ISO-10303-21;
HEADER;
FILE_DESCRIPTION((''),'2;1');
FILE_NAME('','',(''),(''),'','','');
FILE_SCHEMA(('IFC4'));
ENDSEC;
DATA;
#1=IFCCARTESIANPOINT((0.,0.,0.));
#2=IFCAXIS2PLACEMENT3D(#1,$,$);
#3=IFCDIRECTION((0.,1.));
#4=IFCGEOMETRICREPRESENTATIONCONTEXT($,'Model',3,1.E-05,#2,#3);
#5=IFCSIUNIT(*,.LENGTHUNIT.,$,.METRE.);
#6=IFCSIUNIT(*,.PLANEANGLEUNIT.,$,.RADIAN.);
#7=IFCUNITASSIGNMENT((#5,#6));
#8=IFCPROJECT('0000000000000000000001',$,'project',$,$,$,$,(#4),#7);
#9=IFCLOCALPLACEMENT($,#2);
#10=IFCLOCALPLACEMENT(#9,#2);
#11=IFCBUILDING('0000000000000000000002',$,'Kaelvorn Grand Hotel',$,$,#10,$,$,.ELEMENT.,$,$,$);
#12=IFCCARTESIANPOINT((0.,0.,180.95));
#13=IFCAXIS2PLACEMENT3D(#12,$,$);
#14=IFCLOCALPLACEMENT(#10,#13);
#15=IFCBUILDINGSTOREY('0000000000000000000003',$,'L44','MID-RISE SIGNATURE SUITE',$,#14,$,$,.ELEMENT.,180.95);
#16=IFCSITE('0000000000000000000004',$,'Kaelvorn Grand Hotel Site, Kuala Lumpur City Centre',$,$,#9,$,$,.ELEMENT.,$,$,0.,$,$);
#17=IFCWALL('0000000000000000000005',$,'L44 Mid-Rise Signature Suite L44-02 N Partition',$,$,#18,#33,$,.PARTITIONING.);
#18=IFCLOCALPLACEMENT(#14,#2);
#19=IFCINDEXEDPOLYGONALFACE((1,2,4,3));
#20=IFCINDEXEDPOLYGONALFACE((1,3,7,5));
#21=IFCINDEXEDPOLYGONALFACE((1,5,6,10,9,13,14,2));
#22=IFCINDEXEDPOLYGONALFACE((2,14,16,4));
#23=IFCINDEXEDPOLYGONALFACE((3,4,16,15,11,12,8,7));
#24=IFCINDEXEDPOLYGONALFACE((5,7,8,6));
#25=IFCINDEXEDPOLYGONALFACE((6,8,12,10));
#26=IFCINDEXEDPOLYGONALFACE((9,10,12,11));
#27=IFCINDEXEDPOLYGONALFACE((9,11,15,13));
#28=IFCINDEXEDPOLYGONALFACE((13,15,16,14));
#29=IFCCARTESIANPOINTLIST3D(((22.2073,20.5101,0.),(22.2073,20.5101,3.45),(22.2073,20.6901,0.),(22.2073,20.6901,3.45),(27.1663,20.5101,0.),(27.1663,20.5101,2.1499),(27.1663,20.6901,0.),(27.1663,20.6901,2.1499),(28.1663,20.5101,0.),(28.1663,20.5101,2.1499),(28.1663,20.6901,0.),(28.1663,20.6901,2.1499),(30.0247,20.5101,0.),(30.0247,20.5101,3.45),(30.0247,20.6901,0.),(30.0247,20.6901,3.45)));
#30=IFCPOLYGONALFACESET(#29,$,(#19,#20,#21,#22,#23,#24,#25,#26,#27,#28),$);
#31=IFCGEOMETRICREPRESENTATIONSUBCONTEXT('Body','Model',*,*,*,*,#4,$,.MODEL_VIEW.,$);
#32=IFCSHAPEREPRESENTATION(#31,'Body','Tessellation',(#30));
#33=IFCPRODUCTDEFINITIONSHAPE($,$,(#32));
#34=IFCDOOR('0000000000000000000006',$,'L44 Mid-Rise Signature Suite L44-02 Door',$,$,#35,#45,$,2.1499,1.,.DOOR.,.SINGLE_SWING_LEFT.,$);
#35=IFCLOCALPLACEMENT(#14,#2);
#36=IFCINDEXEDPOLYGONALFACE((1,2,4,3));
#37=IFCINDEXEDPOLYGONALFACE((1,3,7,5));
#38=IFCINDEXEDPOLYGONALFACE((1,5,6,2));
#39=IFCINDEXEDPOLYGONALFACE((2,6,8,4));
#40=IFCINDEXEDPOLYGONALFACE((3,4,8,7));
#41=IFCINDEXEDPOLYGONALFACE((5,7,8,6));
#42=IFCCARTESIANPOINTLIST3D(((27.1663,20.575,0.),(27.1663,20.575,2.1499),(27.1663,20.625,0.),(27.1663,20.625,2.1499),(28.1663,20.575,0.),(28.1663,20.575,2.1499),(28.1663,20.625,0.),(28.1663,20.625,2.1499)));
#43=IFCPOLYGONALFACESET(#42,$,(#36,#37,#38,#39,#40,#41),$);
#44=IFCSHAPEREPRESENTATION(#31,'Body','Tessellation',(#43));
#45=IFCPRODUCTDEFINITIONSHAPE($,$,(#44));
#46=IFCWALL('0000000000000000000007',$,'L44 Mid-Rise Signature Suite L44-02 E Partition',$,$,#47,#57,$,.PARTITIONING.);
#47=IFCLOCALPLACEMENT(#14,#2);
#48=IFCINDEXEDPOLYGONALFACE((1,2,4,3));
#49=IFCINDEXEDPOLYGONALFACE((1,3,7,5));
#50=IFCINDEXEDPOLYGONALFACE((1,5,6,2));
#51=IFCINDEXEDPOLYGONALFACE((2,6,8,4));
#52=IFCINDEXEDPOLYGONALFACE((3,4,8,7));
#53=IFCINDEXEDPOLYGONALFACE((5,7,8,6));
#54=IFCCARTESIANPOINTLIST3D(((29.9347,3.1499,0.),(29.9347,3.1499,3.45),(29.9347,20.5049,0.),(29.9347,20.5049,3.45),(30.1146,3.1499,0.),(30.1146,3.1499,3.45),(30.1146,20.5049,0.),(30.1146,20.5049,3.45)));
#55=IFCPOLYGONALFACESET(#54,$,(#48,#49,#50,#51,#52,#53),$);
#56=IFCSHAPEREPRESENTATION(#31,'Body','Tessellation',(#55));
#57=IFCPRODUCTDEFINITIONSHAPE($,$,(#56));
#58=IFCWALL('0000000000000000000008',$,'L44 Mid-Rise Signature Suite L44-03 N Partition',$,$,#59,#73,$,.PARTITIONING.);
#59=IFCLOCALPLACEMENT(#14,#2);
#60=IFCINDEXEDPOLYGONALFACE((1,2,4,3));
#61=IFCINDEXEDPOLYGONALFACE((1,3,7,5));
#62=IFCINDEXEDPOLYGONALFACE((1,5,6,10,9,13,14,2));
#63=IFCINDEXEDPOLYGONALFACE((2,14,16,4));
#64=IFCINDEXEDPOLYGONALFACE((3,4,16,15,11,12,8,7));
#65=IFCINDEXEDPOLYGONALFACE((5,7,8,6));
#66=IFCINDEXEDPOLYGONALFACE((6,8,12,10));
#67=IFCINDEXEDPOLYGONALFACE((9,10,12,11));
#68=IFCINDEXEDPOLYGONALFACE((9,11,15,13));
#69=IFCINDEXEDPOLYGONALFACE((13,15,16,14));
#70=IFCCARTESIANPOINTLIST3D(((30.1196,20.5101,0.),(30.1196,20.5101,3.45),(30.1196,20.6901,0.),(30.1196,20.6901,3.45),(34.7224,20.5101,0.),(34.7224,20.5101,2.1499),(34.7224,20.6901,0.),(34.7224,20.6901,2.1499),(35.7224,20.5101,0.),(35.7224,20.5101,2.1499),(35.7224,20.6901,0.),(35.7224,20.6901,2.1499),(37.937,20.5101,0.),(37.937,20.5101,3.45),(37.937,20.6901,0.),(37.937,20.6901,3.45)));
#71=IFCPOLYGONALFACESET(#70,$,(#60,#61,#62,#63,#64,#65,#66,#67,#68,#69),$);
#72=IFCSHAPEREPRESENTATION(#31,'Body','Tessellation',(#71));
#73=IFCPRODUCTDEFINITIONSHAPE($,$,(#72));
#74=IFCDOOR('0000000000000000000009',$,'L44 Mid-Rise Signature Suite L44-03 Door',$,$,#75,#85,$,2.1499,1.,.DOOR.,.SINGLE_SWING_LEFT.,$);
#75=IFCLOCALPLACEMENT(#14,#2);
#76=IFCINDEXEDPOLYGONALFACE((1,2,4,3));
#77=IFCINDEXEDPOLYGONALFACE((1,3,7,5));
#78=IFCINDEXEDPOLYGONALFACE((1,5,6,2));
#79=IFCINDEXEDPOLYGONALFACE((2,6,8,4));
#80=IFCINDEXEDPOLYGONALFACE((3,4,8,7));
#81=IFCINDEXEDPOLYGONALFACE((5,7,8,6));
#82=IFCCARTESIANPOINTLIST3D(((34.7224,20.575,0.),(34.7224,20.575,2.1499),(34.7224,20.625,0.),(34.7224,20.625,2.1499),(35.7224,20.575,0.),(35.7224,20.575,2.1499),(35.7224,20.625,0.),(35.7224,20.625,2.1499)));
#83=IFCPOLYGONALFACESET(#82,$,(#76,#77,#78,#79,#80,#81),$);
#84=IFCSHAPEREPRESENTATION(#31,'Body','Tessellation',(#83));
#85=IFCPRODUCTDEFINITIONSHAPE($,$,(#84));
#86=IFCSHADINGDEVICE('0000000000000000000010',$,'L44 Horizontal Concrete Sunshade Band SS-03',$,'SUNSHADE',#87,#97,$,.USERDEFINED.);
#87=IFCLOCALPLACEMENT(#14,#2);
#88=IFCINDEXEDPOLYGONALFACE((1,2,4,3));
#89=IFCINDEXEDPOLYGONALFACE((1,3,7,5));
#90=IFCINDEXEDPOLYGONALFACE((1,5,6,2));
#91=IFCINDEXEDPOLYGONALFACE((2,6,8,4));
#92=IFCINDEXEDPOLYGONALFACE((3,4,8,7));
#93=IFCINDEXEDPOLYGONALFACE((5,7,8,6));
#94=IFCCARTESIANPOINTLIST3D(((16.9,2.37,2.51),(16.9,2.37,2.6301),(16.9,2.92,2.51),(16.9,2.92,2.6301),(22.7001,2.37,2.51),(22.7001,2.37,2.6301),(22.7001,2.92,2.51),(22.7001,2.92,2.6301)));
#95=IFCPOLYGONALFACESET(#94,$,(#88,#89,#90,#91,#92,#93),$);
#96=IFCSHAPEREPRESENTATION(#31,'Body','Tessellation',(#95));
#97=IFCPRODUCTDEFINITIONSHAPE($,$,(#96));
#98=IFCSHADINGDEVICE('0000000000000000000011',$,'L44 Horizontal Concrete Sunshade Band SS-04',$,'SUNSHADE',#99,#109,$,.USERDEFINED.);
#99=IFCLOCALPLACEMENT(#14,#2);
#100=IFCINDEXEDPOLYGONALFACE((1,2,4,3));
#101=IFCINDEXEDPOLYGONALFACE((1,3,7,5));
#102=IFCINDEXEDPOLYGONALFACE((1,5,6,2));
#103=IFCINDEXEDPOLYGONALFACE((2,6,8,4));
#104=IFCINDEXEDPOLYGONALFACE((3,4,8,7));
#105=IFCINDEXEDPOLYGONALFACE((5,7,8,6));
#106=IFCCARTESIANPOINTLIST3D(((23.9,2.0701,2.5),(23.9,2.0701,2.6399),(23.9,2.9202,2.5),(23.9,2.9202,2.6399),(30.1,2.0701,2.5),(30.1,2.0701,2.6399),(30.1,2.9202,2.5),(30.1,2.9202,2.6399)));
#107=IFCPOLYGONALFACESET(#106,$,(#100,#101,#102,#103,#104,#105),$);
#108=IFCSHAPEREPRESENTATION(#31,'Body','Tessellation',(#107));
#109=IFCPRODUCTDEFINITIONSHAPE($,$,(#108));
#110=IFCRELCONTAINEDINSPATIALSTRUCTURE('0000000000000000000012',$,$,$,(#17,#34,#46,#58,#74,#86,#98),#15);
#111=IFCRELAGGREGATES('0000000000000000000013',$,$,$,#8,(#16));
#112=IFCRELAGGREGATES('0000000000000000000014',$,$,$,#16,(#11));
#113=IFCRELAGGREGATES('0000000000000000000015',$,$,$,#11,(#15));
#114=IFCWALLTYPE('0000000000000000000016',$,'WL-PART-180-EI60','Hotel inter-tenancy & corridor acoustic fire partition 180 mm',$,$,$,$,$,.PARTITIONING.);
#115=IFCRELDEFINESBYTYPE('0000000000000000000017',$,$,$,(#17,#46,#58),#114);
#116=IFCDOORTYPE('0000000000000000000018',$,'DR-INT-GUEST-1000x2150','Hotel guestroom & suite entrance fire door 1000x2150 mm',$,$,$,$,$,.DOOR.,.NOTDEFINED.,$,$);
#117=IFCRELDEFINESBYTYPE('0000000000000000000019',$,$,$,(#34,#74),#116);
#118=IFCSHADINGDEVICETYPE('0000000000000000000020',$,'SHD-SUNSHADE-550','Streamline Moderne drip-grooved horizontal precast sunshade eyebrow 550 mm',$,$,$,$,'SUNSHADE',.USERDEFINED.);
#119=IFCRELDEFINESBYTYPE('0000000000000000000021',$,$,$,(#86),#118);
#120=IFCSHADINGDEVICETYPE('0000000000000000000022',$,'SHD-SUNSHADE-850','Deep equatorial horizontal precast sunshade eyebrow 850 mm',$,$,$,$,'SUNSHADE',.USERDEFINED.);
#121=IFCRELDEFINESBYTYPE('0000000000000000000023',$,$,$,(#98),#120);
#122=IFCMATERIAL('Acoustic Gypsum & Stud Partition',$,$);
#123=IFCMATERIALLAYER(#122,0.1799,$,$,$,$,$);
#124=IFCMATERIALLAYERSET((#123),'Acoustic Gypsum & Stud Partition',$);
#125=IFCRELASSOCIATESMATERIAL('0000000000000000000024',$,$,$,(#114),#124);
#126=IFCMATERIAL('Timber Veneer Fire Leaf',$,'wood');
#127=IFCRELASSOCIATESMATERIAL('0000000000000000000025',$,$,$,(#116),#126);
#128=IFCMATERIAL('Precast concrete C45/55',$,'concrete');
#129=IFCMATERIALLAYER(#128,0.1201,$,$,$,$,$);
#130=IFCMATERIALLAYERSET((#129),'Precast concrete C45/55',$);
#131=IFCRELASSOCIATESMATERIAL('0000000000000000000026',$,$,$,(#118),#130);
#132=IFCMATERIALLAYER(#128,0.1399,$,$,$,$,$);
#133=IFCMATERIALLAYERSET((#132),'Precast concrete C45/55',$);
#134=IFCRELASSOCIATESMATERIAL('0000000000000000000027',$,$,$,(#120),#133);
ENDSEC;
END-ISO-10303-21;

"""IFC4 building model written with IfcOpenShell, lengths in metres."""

from ifc_helpers import new_model, si_unit, direction, frame, frame_2d, origin, origin_2d, place, context, subcontext, project, spatial, rectangle, extrude, material, layer, layer_set, type_object, element, fill, save


model = new_model("IFC4")

# Units and contexts
model_context = context("Model", 3, precision=1e-05, world=origin(), true_north=direction((0.0, 1.0)))
body_context = subcontext(model_context, "Body", "Model", "MODEL_VIEW")
ifc_project = project(units=[si_unit("LENGTHUNIT", "METRE"), si_unit("PLANEANGLEUNIT", "RADIAN")], contexts=[model_context])

# Site, building, storey
site_placement = place(None, origin())
site = spatial("IfcSite", under=ifc_project, at=site_placement, Name="Kaelvorn Grand Hotel Site, Kuala Lumpur City Centre", CompositionType="ELEMENT", RefElevation=0.0)
building_placement = place(site_placement, origin())
building = spatial("IfcBuilding", under=site, at=building_placement, Name="Kaelvorn Grand Hotel", CompositionType="ELEMENT")
storey_placement = place(building_placement, frame((0.0, 0.0, 180.95)))
storey = spatial("IfcBuildingStorey", under=building, at=storey_placement, Name="L44", Description="MID-RISE SIGNATURE SUITE", CompositionType="ELEMENT", Elevation=180.95)

# Shared definitions
ifc_material_1 = material(Name="Acoustic Gypsum & Stud Partition")
ifc_layer_1 = layer(ifc_material_1, 0.1799)
ifc_layer_set_1 = layer_set([ifc_layer_1], Name="Acoustic Gypsum & Stud Partition")
wall_type_1 = type_object("IfcWallType", Name="WL-PART-180-EI60", Description="Hotel inter-tenancy & corridor acoustic fire partition 180 mm", PredefinedType="PARTITIONING", material=ifc_layer_set_1)

# Wall, opening, door
wall_1_placement = place(storey_placement, frame((22.2073, 20.6001, 0.0), z_axis=(0.0, 0.0, 1.0), x_axis=(1.0, 0.0, 0.0)))
wall_1 = element("IfcWall", 1, at=wall_1_placement, inside=storey, type_object=wall_type_1, Name="L44 Mid-Rise Signature Suite L44-02 N Partition", PredefinedType="PARTITIONING", context=body_context, shape_type="SweptSolid", body=[
    extrude(rectangle(XDim=7.8174, YDim=0.1799, at=frame_2d((3.9087, 0.0))), origin(), (0.0, 0.0, 1.0), 3.45),
])
opening_1_placement = place(wall_1_placement, frame((4.959, 0.0, 0.0)))
opening_1 = element("IfcOpeningElement", 2, at=opening_1_placement, cuts=wall_1, PredefinedType="OPENING", context=body_context, shape_type="SweptSolid", body=[
    extrude(rectangle(XDim=1.0, YDim=2.1499, at=frame_2d((0.5, 1.075))), frame((0.0, 0.1001, 0.0), z_axis=(0.0, -1.0, 0.0), x_axis=(1.0, 0.0, 0.0)), (0.0, 0.0, 1.0), 0.2),
])
ifc_material_2 = material(Name="Timber Veneer Fire Leaf", Category="wood")
door_type_1 = type_object("IfcDoorType", Name="DR-INT-GUEST-1000x2150", Description="Hotel guestroom & suite entrance fire door 1000x2150 mm", OperationType="NOTDEFINED", PredefinedType="DOOR", material=ifc_material_2)
door_1_placement = place(opening_1_placement, origin())
door_1 = element("IfcDoor", 3, at=door_1_placement, inside=storey, type_object=door_type_1, Name="L44 Mid-Rise Signature Suite L44-02 Door", OperationType="SINGLE_SWING_LEFT", OverallHeight=2.1499, OverallWidth=1.0, PredefinedType="DOOR", context=body_context, shape_type="SweptSolid", body=[
    extrude(rectangle(XDim=1.0, YDim=2.1499, at=frame_2d((0.5, 1.075))), frame((0.0, 0.0249, 0.0), z_axis=(0.0, -1.0, 0.0), x_axis=(1.0, 0.0, 0.0)), (0.0, 0.0, 1.0), 0.05),
])
fill(opening_1, door_1)

# Wall
wall_2_placement = place(storey_placement, frame((30.0247, 3.1499, 0.0), z_axis=(0.0, 0.0, 1.0), x_axis=(0.0, 1.0, 0.0)))
element("IfcWall", 4, at=wall_2_placement, inside=storey, type_object=wall_type_1, Name="L44 Mid-Rise Signature Suite L44-02 E Partition", PredefinedType="PARTITIONING", context=body_context, shape_type="SweptSolid", body=[
    extrude(rectangle(XDim=17.355, YDim=0.1799, at=frame_2d((8.6775, 0.0))), origin(), (0.0, 0.0, 1.0), 3.45),
])

# Wall, opening, door
wall_3_placement = place(storey_placement, frame((30.1196, 20.6001, 0.0), z_axis=(0.0, 0.0, 1.0), x_axis=(1.0, 0.0, 0.0)))
wall_3 = element("IfcWall", 5, at=wall_3_placement, inside=storey, type_object=wall_type_1, Name="L44 Mid-Rise Signature Suite L44-03 N Partition", PredefinedType="PARTITIONING", context=body_context, shape_type="SweptSolid", body=[
    extrude(rectangle(XDim=7.8174, YDim=0.1799, at=frame_2d((3.9087, 0.0))), origin(), (0.0, 0.0, 1.0), 3.45),
])
opening_2_placement = place(wall_3_placement, frame((4.6028, 0.0, 0.0)))
opening_2 = element("IfcOpeningElement", 6, at=opening_2_placement, cuts=wall_3, PredefinedType="OPENING", context=body_context, shape_type="SweptSolid", body=[
    extrude(rectangle(XDim=1.0, YDim=2.1499, at=frame_2d((0.5, 1.075))), frame((0.0, 0.1001, 0.0), z_axis=(0.0, -1.0, 0.0), x_axis=(1.0, 0.0, 0.0)), (0.0, 0.0, 1.0), 0.2),
])
door_2_placement = place(opening_2_placement, origin())
door_2 = element("IfcDoor", 7, at=door_2_placement, inside=storey, type_object=door_type_1, Name="L44 Mid-Rise Signature Suite L44-03 Door", OperationType="SINGLE_SWING_LEFT", OverallHeight=2.1499, OverallWidth=1.0, PredefinedType="DOOR", context=body_context, shape_type="SweptSolid", body=[
    extrude(rectangle(XDim=1.0, YDim=2.1499, at=frame_2d((0.5, 1.075))), frame((0.0, 0.0249, 0.0), z_axis=(0.0, -1.0, 0.0), x_axis=(1.0, 0.0, 0.0)), (0.0, 0.0, 1.0), 0.05),
])
fill(opening_2, door_2)

# Shading devices
ifc_material_3 = material(Name="Precast concrete C45/55", Category="concrete")
ifc_layer_2 = layer(ifc_material_3, 0.1201)
ifc_layer_set_2 = layer_set([ifc_layer_2], Name="Precast concrete C45/55")
shading_device_type_1 = type_object("IfcShadingDeviceType", Name="SHD-SUNSHADE-550", Description="Streamline Moderne drip-grooved horizontal precast sunshade eyebrow 550 mm", ElementType="SUNSHADE", PredefinedType="USERDEFINED", material=ifc_layer_set_2)
shading_device_1_placement = place(storey_placement, frame((19.8, 2.645, 2.51), z_axis=(0.0, 0.0, 1.0), x_axis=(1.0, 0.0, 0.0)))
element("IfcShadingDevice", 8, at=shading_device_1_placement, inside=storey, type_object=shading_device_type_1, Name="L44 Horizontal Concrete Sunshade Band SS-03", ObjectType="SUNSHADE", PredefinedType="USERDEFINED", context=body_context, shape_type="SweptSolid", body=[
    extrude(rectangle(XDim=5.8, YDim=0.55, at=origin_2d()), origin(), (0.0, 0.0, 1.0), 0.1201),
])
ifc_layer_3 = layer(ifc_material_3, 0.1399)
ifc_layer_set_3 = layer_set([ifc_layer_3], Name="Precast concrete C45/55")
shading_device_type_2 = type_object("IfcShadingDeviceType", Name="SHD-SUNSHADE-850", Description="Deep equatorial horizontal precast sunshade eyebrow 850 mm", ElementType="SUNSHADE", PredefinedType="USERDEFINED", material=ifc_layer_set_3)
shading_device_2_placement = place(storey_placement, frame((27.0, 2.4951, 2.5), z_axis=(0.0, 0.0, 1.0), x_axis=(1.0, 0.0, 0.0)))
element("IfcShadingDevice", 9, at=shading_device_2_placement, inside=storey, type_object=shading_device_type_2, Name="L44 Horizontal Concrete Sunshade Band SS-04", ObjectType="SUNSHADE", PredefinedType="USERDEFINED", context=body_context, shape_type="SweptSolid", body=[
    extrude(rectangle(XDim=6.2, YDim=0.8501, at=origin_2d()), origin(), (0.0, 0.0, 1.0), 0.1399),
])

save(model, "model.ifc")
